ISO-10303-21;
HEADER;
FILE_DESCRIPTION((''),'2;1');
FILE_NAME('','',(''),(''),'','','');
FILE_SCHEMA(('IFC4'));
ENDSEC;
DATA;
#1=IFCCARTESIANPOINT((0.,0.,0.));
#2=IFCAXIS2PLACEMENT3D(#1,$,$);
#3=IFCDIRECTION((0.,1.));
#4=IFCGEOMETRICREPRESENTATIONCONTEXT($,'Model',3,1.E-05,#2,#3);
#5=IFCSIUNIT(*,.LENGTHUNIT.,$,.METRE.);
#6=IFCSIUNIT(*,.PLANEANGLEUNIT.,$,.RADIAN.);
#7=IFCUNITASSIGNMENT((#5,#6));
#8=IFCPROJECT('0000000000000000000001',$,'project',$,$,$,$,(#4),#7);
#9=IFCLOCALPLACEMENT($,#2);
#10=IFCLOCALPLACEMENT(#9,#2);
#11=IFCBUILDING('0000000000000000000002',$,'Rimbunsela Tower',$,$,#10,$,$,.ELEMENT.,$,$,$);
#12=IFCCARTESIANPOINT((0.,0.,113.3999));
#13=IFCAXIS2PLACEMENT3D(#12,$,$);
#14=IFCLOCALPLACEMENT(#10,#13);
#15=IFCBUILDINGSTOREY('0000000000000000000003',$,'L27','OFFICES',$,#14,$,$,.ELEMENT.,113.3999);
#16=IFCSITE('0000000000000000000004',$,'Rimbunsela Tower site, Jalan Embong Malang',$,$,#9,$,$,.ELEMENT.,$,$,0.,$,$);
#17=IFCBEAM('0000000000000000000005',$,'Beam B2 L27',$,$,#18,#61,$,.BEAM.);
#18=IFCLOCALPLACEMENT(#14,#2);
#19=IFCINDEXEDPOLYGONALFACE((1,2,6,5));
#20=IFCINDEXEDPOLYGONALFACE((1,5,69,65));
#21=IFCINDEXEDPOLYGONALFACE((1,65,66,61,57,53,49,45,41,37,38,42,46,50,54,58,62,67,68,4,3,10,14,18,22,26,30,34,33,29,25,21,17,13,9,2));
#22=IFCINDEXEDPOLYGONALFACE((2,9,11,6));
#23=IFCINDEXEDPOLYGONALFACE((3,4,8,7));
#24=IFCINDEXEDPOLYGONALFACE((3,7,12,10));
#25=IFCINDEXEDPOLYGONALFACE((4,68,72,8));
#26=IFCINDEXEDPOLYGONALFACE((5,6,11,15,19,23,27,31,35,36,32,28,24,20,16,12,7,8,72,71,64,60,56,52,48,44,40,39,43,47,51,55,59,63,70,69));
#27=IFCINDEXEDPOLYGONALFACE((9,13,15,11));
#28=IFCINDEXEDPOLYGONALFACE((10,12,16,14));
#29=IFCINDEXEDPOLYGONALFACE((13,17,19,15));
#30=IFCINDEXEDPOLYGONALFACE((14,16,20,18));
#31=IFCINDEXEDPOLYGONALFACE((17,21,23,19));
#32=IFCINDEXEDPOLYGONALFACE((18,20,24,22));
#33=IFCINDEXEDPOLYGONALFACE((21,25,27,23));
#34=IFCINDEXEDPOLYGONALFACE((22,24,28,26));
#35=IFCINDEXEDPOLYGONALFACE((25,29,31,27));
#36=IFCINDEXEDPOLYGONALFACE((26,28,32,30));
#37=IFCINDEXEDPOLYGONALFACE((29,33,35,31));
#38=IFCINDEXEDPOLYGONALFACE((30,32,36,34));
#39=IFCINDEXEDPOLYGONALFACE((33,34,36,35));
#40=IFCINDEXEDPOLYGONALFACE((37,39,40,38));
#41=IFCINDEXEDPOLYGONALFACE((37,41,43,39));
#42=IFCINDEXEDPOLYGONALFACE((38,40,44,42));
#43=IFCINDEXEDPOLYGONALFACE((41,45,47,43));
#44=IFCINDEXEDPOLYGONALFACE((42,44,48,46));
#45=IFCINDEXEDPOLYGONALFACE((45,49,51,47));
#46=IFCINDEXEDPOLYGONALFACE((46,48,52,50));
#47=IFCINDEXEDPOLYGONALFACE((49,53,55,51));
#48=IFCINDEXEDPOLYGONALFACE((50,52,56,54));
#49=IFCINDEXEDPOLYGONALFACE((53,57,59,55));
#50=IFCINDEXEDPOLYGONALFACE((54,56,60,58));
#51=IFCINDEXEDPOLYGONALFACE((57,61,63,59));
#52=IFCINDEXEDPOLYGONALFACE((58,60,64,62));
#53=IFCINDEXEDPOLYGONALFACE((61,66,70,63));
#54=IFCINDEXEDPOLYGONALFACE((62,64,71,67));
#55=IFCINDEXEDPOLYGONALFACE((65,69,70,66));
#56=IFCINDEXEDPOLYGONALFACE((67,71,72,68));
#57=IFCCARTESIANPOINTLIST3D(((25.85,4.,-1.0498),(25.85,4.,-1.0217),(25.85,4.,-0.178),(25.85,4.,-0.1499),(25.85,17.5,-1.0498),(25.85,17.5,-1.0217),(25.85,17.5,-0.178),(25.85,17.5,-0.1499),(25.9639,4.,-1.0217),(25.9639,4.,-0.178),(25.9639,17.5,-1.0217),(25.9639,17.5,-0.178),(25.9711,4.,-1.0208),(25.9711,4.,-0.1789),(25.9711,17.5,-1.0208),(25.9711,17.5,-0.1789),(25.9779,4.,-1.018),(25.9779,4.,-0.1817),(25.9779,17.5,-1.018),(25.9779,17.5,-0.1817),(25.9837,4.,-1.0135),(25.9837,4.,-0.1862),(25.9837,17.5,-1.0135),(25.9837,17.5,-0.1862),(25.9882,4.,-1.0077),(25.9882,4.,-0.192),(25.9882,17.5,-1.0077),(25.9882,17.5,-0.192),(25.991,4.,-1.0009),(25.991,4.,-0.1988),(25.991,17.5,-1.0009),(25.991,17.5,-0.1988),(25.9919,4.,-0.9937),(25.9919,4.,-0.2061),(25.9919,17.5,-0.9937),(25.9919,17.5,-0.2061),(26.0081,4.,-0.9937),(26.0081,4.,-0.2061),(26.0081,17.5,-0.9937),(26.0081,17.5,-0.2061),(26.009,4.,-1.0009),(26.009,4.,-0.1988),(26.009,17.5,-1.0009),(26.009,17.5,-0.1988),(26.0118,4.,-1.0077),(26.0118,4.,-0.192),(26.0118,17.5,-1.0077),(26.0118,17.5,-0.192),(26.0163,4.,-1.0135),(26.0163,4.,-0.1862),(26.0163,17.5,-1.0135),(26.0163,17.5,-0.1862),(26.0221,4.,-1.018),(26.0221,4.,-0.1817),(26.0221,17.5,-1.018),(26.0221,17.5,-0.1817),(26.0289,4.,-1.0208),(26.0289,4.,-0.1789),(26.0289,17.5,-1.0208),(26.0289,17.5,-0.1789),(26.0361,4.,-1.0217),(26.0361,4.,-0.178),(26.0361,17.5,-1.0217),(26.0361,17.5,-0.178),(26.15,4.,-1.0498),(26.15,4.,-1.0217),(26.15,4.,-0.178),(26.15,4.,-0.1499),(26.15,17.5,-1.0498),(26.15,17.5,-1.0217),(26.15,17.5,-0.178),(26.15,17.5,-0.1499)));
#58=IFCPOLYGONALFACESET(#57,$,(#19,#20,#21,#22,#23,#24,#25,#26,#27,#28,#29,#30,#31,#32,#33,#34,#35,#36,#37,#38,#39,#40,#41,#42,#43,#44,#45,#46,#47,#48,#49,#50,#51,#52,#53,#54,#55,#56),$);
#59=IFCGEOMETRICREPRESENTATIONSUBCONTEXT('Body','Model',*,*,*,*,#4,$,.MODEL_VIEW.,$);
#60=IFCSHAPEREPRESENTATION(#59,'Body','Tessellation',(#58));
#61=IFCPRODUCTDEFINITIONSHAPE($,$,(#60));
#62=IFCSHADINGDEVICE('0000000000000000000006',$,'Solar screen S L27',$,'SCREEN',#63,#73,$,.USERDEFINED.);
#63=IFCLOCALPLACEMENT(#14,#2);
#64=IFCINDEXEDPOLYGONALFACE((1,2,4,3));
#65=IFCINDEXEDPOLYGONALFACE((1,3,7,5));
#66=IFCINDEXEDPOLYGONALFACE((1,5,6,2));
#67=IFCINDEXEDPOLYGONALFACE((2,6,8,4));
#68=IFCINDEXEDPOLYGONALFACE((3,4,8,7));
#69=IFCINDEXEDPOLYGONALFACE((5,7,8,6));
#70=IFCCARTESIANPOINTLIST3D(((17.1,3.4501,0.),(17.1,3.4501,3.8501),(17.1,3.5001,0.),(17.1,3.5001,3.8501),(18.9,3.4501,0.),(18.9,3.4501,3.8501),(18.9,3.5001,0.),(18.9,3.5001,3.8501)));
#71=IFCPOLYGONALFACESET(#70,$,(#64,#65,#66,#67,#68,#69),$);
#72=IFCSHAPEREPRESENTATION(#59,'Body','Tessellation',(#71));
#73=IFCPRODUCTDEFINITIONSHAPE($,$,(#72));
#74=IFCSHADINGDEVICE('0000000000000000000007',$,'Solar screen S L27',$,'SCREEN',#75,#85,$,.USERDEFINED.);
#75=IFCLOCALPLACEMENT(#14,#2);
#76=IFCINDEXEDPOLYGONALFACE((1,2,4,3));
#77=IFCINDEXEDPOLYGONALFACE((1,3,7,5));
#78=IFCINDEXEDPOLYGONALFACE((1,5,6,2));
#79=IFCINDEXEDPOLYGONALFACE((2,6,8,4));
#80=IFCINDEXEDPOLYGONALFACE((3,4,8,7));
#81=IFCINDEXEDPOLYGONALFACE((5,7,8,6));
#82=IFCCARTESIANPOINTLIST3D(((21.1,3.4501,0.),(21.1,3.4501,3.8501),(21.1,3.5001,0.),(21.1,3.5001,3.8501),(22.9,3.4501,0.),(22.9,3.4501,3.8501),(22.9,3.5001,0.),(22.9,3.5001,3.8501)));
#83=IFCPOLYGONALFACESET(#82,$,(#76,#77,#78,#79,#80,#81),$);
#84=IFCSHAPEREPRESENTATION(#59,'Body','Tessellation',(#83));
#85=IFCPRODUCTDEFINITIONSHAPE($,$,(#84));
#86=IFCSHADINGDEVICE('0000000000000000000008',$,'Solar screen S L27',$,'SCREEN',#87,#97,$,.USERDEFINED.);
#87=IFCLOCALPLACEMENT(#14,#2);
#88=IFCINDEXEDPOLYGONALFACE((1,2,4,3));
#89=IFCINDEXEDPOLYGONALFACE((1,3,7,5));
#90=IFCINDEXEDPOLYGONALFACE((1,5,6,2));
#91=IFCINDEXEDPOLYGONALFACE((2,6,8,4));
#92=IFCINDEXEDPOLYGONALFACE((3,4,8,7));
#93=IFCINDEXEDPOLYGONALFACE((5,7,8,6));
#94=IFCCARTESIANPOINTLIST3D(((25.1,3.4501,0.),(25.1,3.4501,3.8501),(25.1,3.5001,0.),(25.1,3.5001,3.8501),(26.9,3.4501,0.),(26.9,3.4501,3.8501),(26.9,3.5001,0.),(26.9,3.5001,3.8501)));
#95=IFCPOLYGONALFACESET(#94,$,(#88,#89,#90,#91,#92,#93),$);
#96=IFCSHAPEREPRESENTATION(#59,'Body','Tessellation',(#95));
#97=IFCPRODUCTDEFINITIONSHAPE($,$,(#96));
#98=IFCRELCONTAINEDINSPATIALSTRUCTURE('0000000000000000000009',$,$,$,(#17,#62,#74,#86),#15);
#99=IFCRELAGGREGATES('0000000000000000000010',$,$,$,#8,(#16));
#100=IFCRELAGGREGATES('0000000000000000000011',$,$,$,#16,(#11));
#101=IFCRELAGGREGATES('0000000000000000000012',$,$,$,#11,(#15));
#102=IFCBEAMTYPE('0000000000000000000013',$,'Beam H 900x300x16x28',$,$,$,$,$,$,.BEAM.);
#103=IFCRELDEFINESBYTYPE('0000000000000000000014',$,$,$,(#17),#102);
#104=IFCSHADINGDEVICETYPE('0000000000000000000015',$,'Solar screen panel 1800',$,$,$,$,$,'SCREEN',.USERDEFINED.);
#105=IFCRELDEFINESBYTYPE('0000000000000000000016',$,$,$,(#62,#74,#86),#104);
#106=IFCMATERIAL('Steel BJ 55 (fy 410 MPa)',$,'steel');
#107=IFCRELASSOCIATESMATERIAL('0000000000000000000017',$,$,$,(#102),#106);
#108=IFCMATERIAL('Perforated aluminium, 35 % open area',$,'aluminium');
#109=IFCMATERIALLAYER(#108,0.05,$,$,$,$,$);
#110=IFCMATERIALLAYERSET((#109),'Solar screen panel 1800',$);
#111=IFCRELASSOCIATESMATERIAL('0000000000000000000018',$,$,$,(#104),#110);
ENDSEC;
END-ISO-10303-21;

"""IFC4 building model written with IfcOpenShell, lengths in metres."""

from ifc_helpers import new_model, si_unit, direction, frame, origin, origin_2d, place, context, subcontext, project, spatial, rectangle, i_section, extrude, material, layer, layer_set, material_profile, profile_set, type_object, element, save


model = new_model("IFC4")

# Units and contexts
model_context = context("Model", 3, precision=1e-05, world=origin(), true_north=direction((0.0, 1.0)))
body_context = subcontext(model_context, "Body", "Model", "MODEL_VIEW")
ifc_project = project(units=[si_unit("LENGTHUNIT", "METRE"), si_unit("PLANEANGLEUNIT", "RADIAN")], contexts=[model_context])

# Site, building, storey
site_placement = place(None, origin())
site = spatial("IfcSite", under=ifc_project, at=site_placement, Name="Rimbunsela Tower site, Jalan Embong Malang", CompositionType="ELEMENT", RefElevation=0.0)
building_placement = place(site_placement, origin())
building = spatial("IfcBuilding", under=site, at=building_placement, Name="Rimbunsela Tower", CompositionType="ELEMENT")
storey_placement = place(building_placement, frame((0.0, 0.0, 113.3999)))
storey = spatial("IfcBuildingStorey", under=building, at=storey_placement, Name="L27", Description="OFFICES", CompositionType="ELEMENT", Elevation=113.3999)

# Beam
ifc_material_1 = material(Name="Steel BJ 55 (fy 410 MPa)", Category="steel")
ifc_material_profile_1 = material_profile(ifc_material_1, i_section(OverallWidth=0.3, OverallDepth=0.8999, WebThickness=0.0161, FlangeThickness=0.0281, FilletRadius=0.0281, at=origin_2d()), Name="H 900x300x16x28")
ifc_profile_set_1 = profile_set([ifc_material_profile_1], Name="Steel BJ 55 (fy 410 MPa)")
beam_type_1 = type_object("IfcBeamType", Name="Beam H 900x300x16x28", PredefinedType="BEAM", material=ifc_profile_set_1)
for number, where, z_axis, x_axis, name in (
    (1, (26.0, 4.0, -0.5999), (0.0, 1.0, 0.0), (-1.0, 0.0, 0.0), "Beam B2 L27"),
):
    element("IfcBeam", number, at=place(storey_placement, frame(where, z_axis=z_axis, x_axis=x_axis)), inside=storey, type_object=beam_type_1, Name=name, PredefinedType="BEAM", context=body_context, shape_type="SweptSolid", body=[
        extrude(i_section(OverallWidth=0.3, OverallDepth=0.8999, WebThickness=0.0161, FlangeThickness=0.0281, FilletRadius=0.0281, at=origin_2d()), origin(), (0.0, 0.0, 1.0), 13.5),
    ])

# Shading devices
ifc_material_2 = material(Name="Perforated aluminium, 35 % open area", Category="aluminium")
ifc_layer = layer(ifc_material_2, 0.05)
ifc_layer_set = layer_set([ifc_layer], Name="Solar screen panel 1800")
shading_device_type = type_object("IfcShadingDeviceType", Name="Solar screen panel 1800", ElementType="SCREEN", PredefinedType="USERDEFINED", material=ifc_layer_set)
for number, where, z_axis, x_axis, name in (
    (2, (18.0, 3.4751, 0.0), (0.0, 0.0, 1.0), (1.0, 0.0, 0.0), "Solar screen S L27"),
    (3, (22.0, 3.4751, 0.0), (0.0, 0.0, 1.0), (1.0, 0.0, 0.0), "Solar screen S L27"),
    (4, (26.0, 3.4751, 0.0), (0.0, 0.0, 1.0), (1.0, 0.0, 0.0), "Solar screen S L27"),
):
    element("IfcShadingDevice", number, at=place(storey_placement, frame(where, z_axis=z_axis, x_axis=x_axis)), inside=storey, type_object=shading_device_type, Name=name, ObjectType="SCREEN", PredefinedType="USERDEFINED", context=body_context, shape_type="SweptSolid", body=[
        extrude(rectangle(XDim=1.8, YDim=0.05, at=origin_2d()), origin(), (0.0, 0.0, 1.0), 3.8501),
    ])

save(model, "model.ifc")
